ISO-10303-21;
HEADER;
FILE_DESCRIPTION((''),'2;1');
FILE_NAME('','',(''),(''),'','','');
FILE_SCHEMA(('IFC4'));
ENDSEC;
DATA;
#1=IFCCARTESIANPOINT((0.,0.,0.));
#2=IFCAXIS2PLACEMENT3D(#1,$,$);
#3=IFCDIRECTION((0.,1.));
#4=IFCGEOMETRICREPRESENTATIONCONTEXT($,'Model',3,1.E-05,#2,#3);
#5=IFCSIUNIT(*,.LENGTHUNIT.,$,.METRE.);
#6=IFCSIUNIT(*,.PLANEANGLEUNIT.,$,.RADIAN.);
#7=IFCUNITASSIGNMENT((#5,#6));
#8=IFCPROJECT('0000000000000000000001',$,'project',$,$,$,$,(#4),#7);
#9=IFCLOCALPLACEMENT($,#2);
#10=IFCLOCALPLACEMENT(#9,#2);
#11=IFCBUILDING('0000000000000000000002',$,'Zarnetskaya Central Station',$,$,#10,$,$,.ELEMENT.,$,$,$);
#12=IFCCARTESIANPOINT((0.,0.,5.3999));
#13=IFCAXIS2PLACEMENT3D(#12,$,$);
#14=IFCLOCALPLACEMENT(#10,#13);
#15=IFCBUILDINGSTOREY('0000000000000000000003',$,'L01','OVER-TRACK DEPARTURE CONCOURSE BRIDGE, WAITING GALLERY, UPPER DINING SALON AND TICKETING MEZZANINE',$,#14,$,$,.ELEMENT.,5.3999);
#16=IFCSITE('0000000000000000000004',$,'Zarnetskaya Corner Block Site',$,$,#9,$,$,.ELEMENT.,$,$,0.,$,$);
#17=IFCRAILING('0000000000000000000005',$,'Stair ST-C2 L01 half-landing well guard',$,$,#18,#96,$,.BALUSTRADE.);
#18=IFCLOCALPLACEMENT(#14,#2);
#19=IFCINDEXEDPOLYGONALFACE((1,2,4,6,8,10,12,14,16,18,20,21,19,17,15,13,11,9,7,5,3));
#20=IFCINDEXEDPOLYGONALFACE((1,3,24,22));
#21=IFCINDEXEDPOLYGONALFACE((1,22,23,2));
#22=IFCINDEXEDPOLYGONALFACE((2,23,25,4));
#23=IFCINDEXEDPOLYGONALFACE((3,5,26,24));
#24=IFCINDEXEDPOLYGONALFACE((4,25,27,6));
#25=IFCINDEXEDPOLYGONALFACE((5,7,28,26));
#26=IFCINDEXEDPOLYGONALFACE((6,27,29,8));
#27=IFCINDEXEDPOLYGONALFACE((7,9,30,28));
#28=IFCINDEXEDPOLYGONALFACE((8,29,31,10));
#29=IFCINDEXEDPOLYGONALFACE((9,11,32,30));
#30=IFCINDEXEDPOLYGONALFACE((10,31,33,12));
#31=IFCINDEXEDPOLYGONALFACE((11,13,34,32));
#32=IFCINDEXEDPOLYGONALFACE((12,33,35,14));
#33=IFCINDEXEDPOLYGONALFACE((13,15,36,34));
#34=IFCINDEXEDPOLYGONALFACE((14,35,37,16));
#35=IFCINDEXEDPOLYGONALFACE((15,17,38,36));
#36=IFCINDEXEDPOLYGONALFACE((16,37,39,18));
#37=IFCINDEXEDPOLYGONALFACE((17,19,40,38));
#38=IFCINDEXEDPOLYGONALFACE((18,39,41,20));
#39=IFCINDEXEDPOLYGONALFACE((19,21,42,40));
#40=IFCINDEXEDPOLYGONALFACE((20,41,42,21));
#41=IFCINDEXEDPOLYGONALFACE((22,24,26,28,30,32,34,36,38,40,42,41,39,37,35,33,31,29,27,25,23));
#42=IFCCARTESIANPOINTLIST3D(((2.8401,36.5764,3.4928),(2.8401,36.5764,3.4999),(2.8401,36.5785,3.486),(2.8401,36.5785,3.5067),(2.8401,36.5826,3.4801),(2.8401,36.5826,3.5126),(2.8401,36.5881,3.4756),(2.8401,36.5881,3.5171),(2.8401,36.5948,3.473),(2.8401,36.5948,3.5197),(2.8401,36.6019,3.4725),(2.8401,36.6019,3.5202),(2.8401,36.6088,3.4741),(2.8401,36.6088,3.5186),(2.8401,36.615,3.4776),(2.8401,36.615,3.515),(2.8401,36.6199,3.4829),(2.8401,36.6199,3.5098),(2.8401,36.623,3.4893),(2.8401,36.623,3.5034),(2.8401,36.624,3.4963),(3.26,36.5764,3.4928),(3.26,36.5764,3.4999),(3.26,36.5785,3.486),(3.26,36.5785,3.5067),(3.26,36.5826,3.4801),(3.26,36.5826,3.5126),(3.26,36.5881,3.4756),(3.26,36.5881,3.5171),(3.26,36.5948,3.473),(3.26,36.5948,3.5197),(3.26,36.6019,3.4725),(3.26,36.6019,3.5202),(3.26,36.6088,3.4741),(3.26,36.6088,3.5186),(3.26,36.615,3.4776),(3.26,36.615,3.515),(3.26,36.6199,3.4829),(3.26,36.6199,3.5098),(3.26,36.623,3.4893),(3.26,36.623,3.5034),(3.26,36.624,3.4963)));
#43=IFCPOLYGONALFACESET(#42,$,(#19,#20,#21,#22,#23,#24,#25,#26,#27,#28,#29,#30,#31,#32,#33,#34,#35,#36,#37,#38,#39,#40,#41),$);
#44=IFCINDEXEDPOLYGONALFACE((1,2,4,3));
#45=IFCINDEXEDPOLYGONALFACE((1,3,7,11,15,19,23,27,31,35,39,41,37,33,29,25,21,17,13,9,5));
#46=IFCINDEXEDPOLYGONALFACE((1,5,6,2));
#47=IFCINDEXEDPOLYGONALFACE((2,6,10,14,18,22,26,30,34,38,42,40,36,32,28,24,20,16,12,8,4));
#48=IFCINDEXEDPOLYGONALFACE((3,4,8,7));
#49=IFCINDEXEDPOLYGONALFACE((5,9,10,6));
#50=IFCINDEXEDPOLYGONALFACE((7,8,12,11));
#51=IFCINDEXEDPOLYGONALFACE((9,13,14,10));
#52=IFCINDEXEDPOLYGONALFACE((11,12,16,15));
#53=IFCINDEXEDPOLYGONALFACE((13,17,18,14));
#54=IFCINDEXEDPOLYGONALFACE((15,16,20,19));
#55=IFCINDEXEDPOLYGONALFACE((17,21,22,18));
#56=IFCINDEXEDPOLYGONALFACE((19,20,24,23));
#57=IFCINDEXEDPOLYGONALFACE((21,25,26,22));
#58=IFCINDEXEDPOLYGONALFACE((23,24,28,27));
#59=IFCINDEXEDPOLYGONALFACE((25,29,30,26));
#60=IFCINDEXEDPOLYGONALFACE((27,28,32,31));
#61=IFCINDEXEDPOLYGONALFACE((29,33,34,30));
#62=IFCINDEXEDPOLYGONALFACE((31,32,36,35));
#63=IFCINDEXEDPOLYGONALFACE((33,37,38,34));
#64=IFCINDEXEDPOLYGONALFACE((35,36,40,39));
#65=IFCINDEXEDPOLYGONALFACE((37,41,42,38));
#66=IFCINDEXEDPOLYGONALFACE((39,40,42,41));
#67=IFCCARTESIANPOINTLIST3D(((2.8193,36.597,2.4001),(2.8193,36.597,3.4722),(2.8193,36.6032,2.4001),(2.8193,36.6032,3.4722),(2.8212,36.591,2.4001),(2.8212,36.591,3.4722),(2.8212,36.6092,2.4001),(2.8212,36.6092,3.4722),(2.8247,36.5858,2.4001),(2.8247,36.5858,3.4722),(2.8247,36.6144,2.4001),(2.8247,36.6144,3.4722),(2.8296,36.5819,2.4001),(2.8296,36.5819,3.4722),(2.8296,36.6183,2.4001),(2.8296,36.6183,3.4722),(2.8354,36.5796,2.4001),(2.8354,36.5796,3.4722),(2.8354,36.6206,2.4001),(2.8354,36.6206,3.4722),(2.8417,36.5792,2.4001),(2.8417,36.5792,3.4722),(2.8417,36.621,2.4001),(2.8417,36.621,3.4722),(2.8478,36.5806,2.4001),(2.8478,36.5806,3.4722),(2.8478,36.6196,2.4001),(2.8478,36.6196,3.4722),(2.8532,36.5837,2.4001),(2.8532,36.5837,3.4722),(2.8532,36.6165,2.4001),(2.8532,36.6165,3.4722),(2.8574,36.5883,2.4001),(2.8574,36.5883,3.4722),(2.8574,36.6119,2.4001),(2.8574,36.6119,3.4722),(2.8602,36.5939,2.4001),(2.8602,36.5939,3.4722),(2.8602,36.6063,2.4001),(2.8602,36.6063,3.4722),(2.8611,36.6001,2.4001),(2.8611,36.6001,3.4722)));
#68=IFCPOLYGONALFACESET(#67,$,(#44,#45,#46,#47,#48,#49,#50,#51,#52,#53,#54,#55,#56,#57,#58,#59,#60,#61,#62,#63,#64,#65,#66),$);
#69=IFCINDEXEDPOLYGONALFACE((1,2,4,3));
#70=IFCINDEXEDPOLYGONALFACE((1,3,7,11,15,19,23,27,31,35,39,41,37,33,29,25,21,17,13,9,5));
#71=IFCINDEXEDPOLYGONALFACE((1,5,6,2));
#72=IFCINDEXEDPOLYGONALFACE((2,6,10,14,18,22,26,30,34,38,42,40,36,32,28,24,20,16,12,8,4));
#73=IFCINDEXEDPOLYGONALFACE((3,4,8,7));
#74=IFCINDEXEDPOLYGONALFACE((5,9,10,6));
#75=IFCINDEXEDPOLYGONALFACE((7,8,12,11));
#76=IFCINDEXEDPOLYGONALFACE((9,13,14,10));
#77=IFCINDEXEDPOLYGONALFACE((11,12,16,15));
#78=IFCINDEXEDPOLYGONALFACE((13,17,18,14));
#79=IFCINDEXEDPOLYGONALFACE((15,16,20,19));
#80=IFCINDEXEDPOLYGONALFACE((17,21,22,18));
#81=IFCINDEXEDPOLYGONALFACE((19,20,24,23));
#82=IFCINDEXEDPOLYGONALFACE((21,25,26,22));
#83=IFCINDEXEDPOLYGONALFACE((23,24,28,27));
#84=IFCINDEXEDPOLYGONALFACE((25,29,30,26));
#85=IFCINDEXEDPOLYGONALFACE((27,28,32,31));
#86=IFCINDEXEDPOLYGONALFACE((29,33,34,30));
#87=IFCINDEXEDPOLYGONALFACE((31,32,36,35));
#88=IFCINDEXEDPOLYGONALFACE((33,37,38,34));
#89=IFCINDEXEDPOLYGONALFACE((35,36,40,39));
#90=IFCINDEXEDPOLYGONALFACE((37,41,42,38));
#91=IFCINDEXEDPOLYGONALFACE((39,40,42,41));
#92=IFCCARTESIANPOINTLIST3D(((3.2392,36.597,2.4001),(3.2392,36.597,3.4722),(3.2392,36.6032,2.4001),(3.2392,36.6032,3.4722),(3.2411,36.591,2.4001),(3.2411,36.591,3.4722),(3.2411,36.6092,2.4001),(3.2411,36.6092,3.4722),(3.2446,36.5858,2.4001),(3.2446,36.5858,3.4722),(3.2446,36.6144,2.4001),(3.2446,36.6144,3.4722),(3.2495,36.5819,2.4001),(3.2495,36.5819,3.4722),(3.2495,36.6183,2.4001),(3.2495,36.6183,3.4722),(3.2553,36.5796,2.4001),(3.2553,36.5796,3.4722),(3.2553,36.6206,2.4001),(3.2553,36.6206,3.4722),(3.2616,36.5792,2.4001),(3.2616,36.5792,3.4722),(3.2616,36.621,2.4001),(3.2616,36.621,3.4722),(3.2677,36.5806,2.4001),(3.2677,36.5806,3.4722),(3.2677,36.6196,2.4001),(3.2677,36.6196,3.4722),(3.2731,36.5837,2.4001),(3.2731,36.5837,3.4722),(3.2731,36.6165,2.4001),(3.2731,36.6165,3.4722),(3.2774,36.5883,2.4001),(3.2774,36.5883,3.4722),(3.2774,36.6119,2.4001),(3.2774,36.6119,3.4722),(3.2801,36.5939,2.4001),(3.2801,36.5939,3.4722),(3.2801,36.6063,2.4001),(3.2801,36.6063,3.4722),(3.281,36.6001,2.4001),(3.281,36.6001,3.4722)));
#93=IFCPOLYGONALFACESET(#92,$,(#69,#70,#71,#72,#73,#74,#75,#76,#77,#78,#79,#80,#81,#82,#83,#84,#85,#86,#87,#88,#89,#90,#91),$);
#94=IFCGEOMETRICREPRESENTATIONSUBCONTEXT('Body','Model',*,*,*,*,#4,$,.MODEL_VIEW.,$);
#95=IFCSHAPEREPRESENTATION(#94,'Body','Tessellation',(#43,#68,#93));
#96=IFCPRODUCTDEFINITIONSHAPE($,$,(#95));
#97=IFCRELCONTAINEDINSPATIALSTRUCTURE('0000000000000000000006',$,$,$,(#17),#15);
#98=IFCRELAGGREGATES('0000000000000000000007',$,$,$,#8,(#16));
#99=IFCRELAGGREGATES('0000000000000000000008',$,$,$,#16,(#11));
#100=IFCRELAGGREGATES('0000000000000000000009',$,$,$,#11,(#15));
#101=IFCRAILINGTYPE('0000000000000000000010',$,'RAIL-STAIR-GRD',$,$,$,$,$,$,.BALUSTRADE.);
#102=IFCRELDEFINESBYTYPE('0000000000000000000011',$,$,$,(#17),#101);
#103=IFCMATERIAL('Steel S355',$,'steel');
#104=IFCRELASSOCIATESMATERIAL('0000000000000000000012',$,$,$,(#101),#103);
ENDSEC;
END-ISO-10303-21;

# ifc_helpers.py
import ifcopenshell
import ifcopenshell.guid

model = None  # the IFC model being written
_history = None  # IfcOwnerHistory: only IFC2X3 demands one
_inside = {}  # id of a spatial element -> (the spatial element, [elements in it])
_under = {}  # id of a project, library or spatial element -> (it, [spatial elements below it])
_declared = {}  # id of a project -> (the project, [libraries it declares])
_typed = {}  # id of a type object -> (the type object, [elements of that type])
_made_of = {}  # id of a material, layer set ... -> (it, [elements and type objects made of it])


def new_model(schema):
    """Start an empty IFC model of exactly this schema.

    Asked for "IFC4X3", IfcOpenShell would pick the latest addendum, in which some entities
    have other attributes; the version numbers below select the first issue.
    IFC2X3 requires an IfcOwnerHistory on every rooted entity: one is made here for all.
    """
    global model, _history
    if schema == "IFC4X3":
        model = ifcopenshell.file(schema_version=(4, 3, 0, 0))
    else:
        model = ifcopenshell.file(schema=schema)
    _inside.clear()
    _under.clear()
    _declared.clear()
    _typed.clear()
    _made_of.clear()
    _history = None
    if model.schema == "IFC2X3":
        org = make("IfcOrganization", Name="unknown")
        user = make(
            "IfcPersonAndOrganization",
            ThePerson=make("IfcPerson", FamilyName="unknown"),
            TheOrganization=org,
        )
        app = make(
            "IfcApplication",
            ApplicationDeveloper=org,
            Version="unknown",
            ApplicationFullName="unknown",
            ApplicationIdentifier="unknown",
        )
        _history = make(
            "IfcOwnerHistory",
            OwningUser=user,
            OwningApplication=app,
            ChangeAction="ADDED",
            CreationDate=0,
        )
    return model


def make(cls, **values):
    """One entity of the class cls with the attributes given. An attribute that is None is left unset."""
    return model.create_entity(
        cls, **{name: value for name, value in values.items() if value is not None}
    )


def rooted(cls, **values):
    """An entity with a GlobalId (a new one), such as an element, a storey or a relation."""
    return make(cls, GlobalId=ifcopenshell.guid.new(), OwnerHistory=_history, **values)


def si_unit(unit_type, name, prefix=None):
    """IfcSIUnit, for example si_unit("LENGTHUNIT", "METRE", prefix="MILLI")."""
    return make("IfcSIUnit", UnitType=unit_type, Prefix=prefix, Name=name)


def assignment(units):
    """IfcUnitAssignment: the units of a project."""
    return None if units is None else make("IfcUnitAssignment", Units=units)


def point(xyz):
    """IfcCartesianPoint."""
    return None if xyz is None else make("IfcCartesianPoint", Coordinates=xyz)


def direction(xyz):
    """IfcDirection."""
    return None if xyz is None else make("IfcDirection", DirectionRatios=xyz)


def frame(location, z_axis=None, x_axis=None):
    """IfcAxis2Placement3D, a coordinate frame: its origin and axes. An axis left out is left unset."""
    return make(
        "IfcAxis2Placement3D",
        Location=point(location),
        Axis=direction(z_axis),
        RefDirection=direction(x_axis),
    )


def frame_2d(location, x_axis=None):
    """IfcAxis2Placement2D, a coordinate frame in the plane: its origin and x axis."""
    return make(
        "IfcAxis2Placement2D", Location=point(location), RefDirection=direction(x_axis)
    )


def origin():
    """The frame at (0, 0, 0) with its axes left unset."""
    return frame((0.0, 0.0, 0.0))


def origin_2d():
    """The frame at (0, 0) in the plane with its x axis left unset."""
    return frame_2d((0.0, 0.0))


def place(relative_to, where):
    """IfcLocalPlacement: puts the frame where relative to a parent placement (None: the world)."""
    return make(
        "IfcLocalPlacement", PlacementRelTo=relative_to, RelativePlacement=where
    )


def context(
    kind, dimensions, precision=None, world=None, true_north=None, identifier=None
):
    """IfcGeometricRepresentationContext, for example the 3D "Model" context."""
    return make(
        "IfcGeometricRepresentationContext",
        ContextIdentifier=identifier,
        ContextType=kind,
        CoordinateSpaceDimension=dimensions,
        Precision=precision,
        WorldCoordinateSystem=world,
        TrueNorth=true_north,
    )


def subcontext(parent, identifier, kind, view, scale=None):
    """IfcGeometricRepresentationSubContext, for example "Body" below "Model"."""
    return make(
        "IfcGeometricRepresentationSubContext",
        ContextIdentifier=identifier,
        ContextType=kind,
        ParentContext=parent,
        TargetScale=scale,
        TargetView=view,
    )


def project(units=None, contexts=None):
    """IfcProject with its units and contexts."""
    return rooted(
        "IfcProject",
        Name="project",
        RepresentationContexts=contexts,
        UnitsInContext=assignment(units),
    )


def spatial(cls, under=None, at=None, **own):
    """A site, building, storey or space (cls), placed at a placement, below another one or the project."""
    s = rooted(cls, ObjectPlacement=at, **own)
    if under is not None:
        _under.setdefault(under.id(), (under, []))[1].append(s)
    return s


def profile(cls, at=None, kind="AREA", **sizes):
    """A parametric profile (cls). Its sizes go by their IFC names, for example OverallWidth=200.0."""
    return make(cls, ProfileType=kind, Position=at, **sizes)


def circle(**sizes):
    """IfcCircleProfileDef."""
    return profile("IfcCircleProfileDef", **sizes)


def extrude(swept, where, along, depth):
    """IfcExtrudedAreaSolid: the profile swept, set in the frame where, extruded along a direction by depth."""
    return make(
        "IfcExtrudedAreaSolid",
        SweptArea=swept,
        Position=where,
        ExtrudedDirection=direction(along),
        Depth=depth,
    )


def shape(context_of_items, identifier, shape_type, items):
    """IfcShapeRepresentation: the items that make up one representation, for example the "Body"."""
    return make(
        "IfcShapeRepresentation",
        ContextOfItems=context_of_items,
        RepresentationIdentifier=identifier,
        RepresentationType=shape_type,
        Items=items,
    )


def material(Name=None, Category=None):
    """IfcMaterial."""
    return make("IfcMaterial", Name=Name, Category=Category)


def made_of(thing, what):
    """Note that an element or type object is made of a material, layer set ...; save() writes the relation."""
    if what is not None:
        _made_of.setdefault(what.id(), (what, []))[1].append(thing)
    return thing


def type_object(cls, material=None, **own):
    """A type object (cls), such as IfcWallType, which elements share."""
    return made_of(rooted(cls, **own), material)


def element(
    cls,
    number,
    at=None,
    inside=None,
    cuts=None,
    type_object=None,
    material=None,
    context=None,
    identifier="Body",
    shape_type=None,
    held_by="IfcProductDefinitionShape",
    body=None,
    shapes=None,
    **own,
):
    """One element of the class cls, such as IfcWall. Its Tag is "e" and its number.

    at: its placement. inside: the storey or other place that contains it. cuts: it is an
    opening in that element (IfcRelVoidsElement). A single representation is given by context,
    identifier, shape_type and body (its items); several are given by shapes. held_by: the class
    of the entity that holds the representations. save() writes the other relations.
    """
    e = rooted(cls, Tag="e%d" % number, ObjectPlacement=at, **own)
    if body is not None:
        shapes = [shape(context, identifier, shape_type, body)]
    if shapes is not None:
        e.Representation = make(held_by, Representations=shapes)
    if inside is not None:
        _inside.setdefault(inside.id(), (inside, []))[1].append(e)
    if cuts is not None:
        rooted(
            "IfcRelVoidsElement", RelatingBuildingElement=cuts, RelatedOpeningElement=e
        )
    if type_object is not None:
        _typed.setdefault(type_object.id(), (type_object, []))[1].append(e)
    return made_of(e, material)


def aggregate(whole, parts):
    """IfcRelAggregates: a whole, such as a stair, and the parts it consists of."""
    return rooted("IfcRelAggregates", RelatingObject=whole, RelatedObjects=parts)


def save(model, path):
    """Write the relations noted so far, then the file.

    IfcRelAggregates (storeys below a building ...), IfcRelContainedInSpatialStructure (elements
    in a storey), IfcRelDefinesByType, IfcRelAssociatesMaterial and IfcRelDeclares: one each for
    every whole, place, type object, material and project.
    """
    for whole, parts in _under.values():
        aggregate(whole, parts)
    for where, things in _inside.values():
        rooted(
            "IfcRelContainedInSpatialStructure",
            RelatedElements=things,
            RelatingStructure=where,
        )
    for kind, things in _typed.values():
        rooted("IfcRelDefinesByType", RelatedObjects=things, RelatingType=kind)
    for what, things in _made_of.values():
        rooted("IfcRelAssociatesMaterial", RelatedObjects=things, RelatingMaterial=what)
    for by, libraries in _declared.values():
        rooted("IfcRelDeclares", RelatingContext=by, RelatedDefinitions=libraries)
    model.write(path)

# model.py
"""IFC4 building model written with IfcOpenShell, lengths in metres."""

from ifc_helpers import new_model, si_unit, direction, frame, origin, origin_2d, place, context, subcontext, project, spatial, circle, extrude, material, type_object, element, save


model = new_model("IFC4")

# Units and contexts
model_context = context("Model", 3, precision=1e-05, world=origin(), true_north=direction((0.0, 1.0)))
body_context = subcontext(model_context, "Body", "Model", "MODEL_VIEW")
ifc_project = project(units=[si_unit("LENGTHUNIT", "METRE"), si_unit("PLANEANGLEUNIT", "RADIAN")], contexts=[model_context])

# Site, building, storey
site_placement = place(None, origin())
site = spatial("IfcSite", under=ifc_project, at=site_placement, Name="Zarnetskaya Corner Block Site", CompositionType="ELEMENT", RefElevation=0.0)
building_placement = place(site_placement, origin())
building = spatial("IfcBuilding", under=site, at=building_placement, Name="Zarnetskaya Central Station", CompositionType="ELEMENT")
storey_placement = place(building_placement, frame((0.0, 0.0, 5.3999)))
storey = spatial("IfcBuildingStorey", under=building, at=storey_placement, Name="L01", Description="OVER-TRACK DEPARTURE CONCOURSE BRIDGE, WAITING GALLERY, UPPER DINING SALON AND TICKETING MEZZANINE", CompositionType="ELEMENT", Elevation=5.3999)

# Shared definitions
ifc_material_1 = material(Name="Steel S355", Category="steel")

# Railing
railing_type_1 = type_object("IfcRailingType", Name="RAIL-STAIR-GRD", PredefinedType="BALUSTRADE", material=ifc_material_1)
railing_1_placement = place(storey_placement, frame((2.8401, 36.6001, 2.4001)))
element("IfcRailing", 1, at=railing_1_placement, inside=storey, type_object=railing_type_1, Name="Stair ST-C2 L01 half-landing well guard", PredefinedType="BALUSTRADE", context=body_context, shape_type="SweptSolid", body=[
    extrude(circle(Radius=0.0239, at=origin_2d()), frame((0.0, 0.0, 1.0962), z_axis=(1.0, 0.0, 0.0), x_axis=(0.0, 1.0, 0.0)), (0.0, 0.0, 1.0), 0.4199),
    extrude(circle(Radius=0.021, at=origin_2d()), origin(), (0.0, 0.0, 1.0), 1.072),
    extrude(circle(Radius=0.021, at=origin_2d()), frame((0.4199, 0.0, 0.0)), (0.0, 0.0, 1.0), 1.072),
])

save(model, "model.ifc")
